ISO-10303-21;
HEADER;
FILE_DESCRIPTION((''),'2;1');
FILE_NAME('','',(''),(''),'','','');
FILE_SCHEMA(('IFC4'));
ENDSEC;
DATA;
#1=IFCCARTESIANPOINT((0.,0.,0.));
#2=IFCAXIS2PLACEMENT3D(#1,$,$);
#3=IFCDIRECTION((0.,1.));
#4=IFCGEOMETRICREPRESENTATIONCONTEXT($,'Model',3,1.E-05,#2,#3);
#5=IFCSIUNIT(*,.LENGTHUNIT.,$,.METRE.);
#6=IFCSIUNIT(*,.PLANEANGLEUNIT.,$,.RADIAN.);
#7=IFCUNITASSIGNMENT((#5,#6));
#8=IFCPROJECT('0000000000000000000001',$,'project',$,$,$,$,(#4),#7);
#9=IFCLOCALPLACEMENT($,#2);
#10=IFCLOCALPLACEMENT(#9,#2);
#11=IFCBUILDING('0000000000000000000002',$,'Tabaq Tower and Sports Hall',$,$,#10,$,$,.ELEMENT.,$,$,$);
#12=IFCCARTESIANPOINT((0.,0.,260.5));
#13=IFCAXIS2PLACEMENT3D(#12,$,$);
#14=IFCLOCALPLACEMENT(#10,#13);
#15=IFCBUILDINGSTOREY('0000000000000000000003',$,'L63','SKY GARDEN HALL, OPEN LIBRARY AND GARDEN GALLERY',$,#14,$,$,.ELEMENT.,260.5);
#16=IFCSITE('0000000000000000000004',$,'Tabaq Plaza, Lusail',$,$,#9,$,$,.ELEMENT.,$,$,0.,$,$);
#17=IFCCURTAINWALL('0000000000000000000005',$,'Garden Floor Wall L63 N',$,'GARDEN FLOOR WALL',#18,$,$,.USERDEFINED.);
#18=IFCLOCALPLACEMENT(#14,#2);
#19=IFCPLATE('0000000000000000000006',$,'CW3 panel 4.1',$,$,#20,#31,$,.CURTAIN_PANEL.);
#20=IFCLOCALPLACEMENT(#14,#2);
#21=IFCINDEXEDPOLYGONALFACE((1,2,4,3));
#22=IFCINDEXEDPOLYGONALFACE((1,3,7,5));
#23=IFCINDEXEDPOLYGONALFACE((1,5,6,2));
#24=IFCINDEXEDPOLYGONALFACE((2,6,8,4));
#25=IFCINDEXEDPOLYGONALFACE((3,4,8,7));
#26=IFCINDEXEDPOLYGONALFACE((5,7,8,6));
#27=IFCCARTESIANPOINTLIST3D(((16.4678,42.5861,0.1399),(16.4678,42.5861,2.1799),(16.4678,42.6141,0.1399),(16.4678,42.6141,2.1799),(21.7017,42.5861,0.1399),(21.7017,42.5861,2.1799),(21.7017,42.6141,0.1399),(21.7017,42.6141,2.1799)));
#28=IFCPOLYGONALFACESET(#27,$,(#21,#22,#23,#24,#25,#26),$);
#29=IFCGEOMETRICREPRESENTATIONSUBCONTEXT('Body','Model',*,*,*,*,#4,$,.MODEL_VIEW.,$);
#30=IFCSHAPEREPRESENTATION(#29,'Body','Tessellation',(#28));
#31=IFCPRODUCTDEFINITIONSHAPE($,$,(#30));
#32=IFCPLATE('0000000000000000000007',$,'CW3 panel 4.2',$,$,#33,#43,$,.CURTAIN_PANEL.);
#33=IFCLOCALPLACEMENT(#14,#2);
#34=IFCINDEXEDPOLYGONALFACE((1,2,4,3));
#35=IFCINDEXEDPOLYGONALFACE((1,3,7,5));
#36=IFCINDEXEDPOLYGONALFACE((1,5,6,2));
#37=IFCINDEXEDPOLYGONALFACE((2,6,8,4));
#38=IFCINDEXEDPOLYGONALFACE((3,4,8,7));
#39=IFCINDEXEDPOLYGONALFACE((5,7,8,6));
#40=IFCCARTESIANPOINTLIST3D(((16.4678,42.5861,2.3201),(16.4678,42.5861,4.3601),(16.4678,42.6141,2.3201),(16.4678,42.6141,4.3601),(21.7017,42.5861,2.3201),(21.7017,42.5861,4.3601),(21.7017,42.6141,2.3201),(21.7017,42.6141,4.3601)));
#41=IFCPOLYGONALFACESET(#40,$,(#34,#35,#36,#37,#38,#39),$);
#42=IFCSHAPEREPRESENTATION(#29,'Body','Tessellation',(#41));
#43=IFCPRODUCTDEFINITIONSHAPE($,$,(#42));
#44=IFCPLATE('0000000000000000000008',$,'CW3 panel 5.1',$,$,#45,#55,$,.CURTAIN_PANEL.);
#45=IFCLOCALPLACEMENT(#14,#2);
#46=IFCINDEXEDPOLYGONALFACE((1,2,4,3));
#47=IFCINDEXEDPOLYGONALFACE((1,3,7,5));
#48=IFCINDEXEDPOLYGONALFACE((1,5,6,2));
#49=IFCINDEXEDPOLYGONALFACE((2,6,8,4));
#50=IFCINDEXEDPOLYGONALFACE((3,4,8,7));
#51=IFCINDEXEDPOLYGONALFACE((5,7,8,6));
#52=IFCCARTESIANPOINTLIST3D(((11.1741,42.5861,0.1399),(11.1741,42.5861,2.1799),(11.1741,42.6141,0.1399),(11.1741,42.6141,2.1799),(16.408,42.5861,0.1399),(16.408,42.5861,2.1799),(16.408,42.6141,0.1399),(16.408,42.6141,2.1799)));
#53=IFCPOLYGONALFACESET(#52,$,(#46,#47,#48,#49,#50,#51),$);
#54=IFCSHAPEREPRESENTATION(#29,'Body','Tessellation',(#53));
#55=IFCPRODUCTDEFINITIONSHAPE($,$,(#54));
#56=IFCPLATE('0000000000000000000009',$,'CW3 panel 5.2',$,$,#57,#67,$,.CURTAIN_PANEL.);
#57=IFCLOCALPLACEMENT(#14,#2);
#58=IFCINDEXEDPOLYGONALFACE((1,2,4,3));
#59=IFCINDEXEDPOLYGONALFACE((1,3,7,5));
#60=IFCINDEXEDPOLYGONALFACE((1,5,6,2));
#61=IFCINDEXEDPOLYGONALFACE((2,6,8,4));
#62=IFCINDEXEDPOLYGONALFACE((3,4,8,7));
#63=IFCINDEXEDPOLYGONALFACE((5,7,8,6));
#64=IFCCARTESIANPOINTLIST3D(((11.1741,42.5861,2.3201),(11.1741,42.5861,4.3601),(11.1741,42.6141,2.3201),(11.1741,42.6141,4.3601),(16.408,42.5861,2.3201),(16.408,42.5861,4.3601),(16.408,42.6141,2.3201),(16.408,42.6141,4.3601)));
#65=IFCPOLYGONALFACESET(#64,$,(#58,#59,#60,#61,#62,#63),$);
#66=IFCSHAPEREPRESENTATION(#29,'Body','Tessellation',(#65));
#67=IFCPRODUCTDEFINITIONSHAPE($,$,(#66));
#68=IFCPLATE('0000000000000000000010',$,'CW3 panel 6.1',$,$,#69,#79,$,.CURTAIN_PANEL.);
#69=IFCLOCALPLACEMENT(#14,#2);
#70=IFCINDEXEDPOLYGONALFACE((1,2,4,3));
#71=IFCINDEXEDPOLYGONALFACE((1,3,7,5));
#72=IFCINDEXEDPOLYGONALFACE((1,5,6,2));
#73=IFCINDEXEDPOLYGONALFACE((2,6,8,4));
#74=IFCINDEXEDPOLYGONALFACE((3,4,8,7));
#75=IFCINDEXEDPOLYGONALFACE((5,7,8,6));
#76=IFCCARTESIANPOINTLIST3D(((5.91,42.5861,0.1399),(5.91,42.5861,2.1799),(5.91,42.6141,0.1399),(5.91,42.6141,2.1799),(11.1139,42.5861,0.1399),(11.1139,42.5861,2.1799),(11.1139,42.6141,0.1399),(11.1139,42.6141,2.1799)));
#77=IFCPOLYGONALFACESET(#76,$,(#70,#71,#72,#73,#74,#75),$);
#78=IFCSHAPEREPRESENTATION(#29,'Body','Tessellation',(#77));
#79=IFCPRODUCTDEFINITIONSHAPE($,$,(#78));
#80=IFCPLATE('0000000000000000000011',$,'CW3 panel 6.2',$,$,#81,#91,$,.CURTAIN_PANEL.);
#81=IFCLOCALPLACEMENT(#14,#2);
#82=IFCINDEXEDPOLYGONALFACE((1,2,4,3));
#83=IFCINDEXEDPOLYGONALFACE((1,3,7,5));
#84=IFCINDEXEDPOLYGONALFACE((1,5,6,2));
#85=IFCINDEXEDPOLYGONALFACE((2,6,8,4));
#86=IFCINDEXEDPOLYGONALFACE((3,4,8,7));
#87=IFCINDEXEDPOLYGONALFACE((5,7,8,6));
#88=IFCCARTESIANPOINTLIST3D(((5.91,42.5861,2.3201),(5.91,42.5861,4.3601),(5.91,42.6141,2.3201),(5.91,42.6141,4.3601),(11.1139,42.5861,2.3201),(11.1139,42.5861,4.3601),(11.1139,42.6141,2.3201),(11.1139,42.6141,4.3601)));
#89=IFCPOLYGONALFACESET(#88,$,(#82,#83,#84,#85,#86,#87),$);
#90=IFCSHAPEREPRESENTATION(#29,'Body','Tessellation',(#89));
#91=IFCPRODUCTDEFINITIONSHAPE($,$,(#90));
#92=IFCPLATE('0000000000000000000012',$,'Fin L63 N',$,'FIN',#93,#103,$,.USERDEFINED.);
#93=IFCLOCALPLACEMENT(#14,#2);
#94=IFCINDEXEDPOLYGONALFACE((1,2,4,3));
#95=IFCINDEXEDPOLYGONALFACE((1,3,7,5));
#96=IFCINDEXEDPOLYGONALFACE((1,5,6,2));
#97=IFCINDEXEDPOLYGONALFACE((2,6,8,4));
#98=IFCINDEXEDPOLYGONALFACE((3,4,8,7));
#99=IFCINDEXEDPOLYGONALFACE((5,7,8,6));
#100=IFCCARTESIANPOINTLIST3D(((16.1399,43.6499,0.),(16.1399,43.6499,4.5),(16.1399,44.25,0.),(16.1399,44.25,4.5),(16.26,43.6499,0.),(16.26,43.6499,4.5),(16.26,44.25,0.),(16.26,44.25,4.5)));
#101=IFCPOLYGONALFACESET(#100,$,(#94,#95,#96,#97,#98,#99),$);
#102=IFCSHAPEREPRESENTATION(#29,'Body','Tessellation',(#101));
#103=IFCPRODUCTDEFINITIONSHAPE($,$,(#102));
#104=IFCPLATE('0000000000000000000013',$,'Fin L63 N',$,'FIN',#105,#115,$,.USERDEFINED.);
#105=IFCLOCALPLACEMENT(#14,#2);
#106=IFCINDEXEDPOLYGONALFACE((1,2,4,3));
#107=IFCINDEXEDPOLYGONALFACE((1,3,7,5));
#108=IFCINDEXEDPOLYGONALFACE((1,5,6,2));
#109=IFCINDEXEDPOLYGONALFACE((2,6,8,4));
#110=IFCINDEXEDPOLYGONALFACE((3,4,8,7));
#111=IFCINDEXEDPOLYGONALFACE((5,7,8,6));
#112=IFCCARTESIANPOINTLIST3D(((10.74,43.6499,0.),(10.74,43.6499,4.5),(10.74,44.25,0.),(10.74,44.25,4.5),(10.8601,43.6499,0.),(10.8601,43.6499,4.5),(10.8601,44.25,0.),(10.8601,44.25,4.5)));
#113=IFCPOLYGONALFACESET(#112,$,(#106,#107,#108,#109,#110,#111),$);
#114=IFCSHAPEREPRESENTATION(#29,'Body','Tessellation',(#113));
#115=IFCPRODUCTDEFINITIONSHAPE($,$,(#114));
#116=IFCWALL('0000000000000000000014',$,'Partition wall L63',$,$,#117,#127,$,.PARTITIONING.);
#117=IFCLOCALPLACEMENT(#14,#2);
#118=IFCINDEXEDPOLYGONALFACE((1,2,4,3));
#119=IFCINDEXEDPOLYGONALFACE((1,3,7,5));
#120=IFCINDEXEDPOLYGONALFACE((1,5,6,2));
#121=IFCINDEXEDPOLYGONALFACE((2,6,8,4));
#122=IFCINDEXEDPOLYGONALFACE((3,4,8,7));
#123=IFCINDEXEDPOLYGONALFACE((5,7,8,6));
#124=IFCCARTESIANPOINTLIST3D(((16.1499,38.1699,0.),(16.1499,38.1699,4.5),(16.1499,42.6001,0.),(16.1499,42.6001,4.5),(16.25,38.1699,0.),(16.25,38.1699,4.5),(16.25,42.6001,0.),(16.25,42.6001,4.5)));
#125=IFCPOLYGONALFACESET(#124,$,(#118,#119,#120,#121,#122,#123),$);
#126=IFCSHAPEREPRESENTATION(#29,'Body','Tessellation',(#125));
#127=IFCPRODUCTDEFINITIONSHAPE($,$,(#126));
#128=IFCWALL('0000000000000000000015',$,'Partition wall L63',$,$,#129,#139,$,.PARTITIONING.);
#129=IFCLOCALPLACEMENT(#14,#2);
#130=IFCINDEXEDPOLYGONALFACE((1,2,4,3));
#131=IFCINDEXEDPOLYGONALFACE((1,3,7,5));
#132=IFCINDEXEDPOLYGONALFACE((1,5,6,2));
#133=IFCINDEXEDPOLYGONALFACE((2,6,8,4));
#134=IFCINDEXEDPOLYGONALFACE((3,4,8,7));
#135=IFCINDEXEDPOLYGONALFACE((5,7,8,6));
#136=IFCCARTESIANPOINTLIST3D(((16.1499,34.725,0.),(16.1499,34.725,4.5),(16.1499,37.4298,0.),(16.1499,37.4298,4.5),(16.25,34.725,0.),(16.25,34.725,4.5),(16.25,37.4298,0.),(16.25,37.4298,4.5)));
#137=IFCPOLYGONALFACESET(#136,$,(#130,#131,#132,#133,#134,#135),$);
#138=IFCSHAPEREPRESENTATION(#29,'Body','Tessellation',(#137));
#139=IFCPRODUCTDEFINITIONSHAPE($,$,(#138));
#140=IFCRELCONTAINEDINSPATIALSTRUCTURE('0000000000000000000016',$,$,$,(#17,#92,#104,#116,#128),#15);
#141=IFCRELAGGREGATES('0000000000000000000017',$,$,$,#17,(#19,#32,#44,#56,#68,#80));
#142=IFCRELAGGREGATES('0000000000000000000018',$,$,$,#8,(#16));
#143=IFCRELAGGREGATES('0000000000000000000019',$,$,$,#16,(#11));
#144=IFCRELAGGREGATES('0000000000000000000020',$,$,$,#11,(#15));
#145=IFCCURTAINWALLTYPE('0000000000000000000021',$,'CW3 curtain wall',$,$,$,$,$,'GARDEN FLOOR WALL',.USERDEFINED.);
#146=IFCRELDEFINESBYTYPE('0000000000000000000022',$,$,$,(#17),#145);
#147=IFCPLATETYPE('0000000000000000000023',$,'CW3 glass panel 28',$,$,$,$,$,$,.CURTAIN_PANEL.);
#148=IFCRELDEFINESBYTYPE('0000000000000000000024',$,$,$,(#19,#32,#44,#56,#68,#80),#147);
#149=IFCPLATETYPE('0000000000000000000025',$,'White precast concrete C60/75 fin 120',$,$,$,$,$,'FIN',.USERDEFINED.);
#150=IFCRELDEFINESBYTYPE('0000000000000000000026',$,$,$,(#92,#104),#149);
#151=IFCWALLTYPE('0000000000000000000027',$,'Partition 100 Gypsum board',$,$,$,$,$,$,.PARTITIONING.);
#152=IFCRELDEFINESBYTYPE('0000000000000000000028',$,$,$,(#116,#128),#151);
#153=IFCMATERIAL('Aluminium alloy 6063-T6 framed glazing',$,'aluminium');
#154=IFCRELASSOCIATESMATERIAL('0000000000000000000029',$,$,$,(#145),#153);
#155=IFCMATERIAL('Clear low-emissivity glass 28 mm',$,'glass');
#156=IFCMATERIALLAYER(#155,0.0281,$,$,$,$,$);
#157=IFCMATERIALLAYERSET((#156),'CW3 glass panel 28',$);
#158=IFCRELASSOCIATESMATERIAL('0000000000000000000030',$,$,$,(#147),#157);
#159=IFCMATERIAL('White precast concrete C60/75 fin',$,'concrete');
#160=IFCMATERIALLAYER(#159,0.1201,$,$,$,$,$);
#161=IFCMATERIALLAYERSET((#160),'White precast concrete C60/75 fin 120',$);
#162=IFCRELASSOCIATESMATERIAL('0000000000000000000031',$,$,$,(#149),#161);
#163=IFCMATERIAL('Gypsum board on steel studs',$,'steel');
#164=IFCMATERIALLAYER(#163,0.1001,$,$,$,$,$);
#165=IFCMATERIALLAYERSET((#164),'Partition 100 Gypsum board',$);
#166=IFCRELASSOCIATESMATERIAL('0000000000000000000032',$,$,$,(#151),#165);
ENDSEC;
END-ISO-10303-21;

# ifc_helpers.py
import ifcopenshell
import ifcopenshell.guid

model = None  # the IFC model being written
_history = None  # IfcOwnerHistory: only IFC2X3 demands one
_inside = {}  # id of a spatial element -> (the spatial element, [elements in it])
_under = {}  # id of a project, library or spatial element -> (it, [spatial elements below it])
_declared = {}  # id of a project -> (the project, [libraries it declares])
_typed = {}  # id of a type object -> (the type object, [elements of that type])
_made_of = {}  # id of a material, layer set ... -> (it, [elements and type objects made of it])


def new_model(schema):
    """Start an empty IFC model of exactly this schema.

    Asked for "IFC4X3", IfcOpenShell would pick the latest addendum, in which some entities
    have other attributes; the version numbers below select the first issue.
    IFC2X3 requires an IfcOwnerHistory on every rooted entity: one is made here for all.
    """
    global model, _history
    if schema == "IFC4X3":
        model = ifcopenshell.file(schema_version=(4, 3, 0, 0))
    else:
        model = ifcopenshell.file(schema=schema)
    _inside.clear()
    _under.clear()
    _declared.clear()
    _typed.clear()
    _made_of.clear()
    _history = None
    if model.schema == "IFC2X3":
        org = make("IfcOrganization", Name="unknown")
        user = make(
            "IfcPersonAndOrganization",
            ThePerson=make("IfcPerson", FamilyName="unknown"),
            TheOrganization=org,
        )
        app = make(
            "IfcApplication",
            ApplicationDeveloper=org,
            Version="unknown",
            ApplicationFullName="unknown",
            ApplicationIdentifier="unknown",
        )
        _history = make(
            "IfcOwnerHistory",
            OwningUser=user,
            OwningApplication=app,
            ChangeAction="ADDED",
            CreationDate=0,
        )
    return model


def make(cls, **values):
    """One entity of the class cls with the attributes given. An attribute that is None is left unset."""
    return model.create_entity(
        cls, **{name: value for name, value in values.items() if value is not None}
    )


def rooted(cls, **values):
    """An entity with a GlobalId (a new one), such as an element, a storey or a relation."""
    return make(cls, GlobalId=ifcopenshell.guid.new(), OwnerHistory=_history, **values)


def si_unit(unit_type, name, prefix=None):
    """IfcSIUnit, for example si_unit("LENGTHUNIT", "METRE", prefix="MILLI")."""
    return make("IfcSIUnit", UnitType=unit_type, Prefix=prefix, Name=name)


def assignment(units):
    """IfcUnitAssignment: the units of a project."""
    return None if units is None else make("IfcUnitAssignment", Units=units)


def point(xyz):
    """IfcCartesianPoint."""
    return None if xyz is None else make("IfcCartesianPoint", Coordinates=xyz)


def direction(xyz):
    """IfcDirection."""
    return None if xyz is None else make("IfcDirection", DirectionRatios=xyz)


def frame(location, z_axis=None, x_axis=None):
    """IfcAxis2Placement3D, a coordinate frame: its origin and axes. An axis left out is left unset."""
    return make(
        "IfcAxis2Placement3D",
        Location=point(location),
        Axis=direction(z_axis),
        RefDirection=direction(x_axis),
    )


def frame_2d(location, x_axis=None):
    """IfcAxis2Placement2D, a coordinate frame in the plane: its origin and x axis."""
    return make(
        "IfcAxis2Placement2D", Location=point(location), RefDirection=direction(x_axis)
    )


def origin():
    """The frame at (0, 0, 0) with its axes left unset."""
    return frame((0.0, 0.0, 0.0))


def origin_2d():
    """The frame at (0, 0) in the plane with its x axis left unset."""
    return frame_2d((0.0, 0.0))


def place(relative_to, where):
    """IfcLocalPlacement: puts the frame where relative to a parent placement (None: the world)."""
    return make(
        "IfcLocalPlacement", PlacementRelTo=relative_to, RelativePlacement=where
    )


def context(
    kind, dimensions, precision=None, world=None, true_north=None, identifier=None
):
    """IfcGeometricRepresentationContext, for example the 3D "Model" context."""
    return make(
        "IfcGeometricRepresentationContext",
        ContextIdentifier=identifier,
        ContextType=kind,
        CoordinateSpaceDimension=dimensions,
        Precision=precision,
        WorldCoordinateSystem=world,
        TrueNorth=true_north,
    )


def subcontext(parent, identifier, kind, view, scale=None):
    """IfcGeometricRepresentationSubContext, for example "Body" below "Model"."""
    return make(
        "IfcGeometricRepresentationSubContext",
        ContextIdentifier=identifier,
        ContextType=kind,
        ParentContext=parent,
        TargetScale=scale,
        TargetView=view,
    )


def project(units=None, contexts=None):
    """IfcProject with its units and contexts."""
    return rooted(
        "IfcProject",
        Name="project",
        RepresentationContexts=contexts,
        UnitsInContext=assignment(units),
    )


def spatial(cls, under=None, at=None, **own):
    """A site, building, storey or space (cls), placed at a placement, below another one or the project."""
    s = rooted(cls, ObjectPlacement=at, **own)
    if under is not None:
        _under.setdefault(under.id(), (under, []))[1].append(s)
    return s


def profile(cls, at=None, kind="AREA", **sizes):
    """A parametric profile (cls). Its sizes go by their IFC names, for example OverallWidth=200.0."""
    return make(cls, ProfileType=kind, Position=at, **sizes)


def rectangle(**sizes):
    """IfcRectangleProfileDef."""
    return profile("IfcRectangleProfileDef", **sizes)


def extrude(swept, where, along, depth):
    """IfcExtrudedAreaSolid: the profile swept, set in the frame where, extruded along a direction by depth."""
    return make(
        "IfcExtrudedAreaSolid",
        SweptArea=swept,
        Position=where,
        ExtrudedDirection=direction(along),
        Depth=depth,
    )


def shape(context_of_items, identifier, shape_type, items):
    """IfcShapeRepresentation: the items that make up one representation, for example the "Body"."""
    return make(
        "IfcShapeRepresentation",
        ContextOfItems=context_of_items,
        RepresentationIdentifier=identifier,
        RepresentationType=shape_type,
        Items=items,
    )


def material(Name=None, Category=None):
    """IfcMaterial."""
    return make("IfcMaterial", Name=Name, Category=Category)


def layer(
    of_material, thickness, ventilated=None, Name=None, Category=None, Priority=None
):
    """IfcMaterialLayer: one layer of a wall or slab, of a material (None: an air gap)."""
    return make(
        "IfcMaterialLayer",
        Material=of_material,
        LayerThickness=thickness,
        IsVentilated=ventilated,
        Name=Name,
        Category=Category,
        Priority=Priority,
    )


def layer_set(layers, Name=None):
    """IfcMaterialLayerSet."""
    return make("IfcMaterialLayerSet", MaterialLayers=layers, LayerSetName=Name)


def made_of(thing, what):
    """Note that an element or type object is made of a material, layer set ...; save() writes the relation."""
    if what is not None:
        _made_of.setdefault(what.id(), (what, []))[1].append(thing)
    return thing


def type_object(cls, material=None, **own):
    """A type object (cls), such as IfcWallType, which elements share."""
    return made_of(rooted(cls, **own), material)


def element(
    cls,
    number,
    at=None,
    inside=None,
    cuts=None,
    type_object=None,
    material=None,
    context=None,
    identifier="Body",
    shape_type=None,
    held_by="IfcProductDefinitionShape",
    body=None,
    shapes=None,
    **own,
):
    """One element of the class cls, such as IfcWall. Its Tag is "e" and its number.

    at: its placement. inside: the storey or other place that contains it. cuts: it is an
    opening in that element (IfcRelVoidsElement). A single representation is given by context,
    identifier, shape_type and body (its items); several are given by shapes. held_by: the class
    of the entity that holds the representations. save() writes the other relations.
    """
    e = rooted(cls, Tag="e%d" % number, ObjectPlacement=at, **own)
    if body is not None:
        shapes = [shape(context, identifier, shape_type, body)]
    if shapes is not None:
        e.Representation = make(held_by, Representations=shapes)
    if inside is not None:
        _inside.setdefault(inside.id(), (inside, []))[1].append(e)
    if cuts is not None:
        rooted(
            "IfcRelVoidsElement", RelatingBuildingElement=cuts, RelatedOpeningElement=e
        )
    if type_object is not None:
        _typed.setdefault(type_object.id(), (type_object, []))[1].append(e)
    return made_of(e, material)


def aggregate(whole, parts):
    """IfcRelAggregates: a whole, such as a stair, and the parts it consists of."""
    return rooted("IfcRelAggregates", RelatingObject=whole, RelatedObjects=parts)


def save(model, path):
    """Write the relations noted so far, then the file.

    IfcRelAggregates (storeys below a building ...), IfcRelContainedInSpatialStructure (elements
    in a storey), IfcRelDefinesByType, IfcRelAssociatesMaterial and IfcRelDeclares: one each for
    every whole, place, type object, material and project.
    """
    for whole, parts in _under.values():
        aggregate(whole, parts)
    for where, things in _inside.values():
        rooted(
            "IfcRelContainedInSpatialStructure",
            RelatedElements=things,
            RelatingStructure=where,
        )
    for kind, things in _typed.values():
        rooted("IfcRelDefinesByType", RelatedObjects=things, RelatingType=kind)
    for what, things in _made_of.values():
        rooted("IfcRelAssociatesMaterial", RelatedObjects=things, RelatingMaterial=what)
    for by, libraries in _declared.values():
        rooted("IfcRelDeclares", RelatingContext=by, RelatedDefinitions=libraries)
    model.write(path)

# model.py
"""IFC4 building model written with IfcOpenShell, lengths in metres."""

from ifc_helpers import new_model, si_unit, direction, frame, frame_2d, origin, origin_2d, place, context, subcontext, project, spatial, rectangle, extrude, material, layer, layer_set, type_object, element, aggregate, save


model = new_model("IFC4")

# Units and contexts
model_context = context("Model", 3, precision=1e-05, world=origin(), true_north=direction((0.0, 1.0)))
body_context = subcontext(model_context, "Body", "Model", "MODEL_VIEW")
ifc_project = project(units=[si_unit("LENGTHUNIT", "METRE"), si_unit("PLANEANGLEUNIT", "RADIAN")], contexts=[model_context])

# Site, building, storey
site_placement = place(None, origin())
site = spatial("IfcSite", under=ifc_project, at=site_placement, Name="Tabaq Plaza, Lusail", CompositionType="ELEMENT", RefElevation=0.0)
building_placement = place(site_placement, origin())
building = spatial("IfcBuilding", under=site, at=building_placement, Name="Tabaq Tower and Sports Hall", CompositionType="ELEMENT")
storey_placement = place(building_placement, frame((0.0, 0.0, 260.5)))
storey = spatial("IfcBuildingStorey", under=building, at=storey_placement, Name="L63", Description="SKY GARDEN HALL, OPEN LIBRARY AND GARDEN GALLERY", CompositionType="ELEMENT", Elevation=260.5)

# Curtain wall
ifc_material_1 = material(Name="Aluminium alloy 6063-T6 framed glazing", Category="aluminium")
curtain_wall_type = type_object("IfcCurtainWallType", Name="CW3 curtain wall", ElementType="GARDEN FLOOR WALL", PredefinedType="USERDEFINED", material=ifc_material_1)
curtain_wall_1_placement = place(storey_placement, origin())
curtain_wall_1 = element("IfcCurtainWall", 1, at=curtain_wall_1_placement, inside=storey, type_object=curtain_wall_type, Name="Garden Floor Wall L63 N", ObjectType="GARDEN FLOOR WALL", PredefinedType="USERDEFINED")

# Plates
ifc_material_2 = material(Name="Clear low-emissivity glass 28 mm", Category="glass")
ifc_layer_1 = layer(ifc_material_2, 0.0281)
ifc_layer_set_1 = layer_set([ifc_layer_1], Name="CW3 glass panel 28")
plate_type_1 = type_object("IfcPlateType", Name="CW3 glass panel 28", PredefinedType="CURTAIN_PANEL", material=ifc_layer_set_1)
plate_1_placement = place(storey_placement, frame((19.0847, 42.6001, 0.1399), z_axis=(0.0, 0.0, 1.0), x_axis=(-1.0, 0.0, 0.0)))
plate_1 = element("IfcPlate", 2, at=plate_1_placement, type_object=plate_type_1, Name="CW3 panel 4.1", PredefinedType="CURTAIN_PANEL", context=body_context, shape_type="SweptSolid", body=[
    extrude(rectangle(XDim=5.2339, YDim=0.0281, at=origin_2d()), origin(), (0.0, 0.0, 1.0), 2.04),
])
plate_2_placement = place(storey_placement, frame((19.0847, 42.6001, 2.3201), z_axis=(0.0, 0.0, 1.0), x_axis=(-1.0, 0.0, 0.0)))
plate_2 = element("IfcPlate", 3, at=plate_2_placement, type_object=plate_type_1, Name="CW3 panel 4.2", PredefinedType="CURTAIN_PANEL", context=body_context, shape_type="SweptSolid", body=[
    extrude(rectangle(XDim=5.2339, YDim=0.0281, at=origin_2d()), origin(), (0.0, 0.0, 1.0), 2.04),
])
plate_3_placement = place(storey_placement, frame((13.791, 42.6001, 0.1399), z_axis=(0.0, 0.0, 1.0), x_axis=(-1.0, 0.0, 0.0)))
plate_3 = element("IfcPlate", 4, at=plate_3_placement, type_object=plate_type_1, Name="CW3 panel 5.1", PredefinedType="CURTAIN_PANEL", context=body_context, shape_type="SweptSolid", body=[
    extrude(rectangle(XDim=5.2339, YDim=0.0281, at=origin_2d()), origin(), (0.0, 0.0, 1.0), 2.04),
])
plate_4_placement = place(storey_placement, frame((13.791, 42.6001, 2.3201), z_axis=(0.0, 0.0, 1.0), x_axis=(-1.0, 0.0, 0.0)))
plate_4 = element("IfcPlate", 5, at=plate_4_placement, type_object=plate_type_1, Name="CW3 panel 5.2", PredefinedType="CURTAIN_PANEL", context=body_context, shape_type="SweptSolid", body=[
    extrude(rectangle(XDim=5.2339, YDim=0.0281, at=origin_2d()), origin(), (0.0, 0.0, 1.0), 2.04),
])
plate_5_placement = place(storey_placement, frame((8.512, 42.6001, 0.1399), z_axis=(0.0, 0.0, 1.0), x_axis=(-1.0, 0.0, 0.0)))
plate_5 = element("IfcPlate", 6, at=plate_5_placement, type_object=plate_type_1, Name="CW3 panel 6.1", PredefinedType="CURTAIN_PANEL", context=body_context, shape_type="SweptSolid", body=[
    extrude(rectangle(XDim=5.2039, YDim=0.0281, at=origin_2d()), origin(), (0.0, 0.0, 1.0), 2.04),
])
plate_6_placement = place(storey_placement, frame((8.512, 42.6001, 2.3201), z_axis=(0.0, 0.0, 1.0), x_axis=(-1.0, 0.0, 0.0)))
plate_6 = element("IfcPlate", 7, at=plate_6_placement, type_object=plate_type_1, Name="CW3 panel 6.2", PredefinedType="CURTAIN_PANEL", context=body_context, shape_type="SweptSolid", body=[
    extrude(rectangle(XDim=5.2039, YDim=0.0281, at=origin_2d()), origin(), (0.0, 0.0, 1.0), 2.04),
])
aggregate(curtain_wall_1, [plate_1, plate_2, plate_3, plate_4, plate_5, plate_6])

# Plates
ifc_material_3 = material(Name="White precast concrete C60/75 fin", Category="concrete")
ifc_layer_2 = layer(ifc_material_3, 0.1201)
ifc_layer_set_2 = layer_set([ifc_layer_2], Name="White precast concrete C60/75 fin 120")
plate_type_2 = type_object("IfcPlateType", Name="White precast concrete C60/75 fin 120", ElementType="FIN", PredefinedType="USERDEFINED", material=ifc_layer_set_2)
for number, where, z_axis, x_axis, name in (
    (8, (16.2, 43.95, 0.0), (0.0, 0.0, 1.0), (-1.0, 0.0, 0.0), "Fin L63 N"),
    (9, (10.8, 43.95, 0.0), (0.0, 0.0, 1.0), (-1.0, 0.0, 0.0), "Fin L63 N"),
):
    element("IfcPlate", number, at=place(storey_placement, frame(where, z_axis=z_axis, x_axis=x_axis)), inside=storey, type_object=plate_type_2, Name=name, ObjectType="FIN", PredefinedType="USERDEFINED", context=body_context, shape_type="SweptSolid", body=[
        extrude(rectangle(XDim=0.1201, YDim=0.6001, at=origin_2d()), origin(), (0.0, 0.0, 1.0), 4.5),
    ])

# Walls
ifc_material_4 = material(Name="Gypsum board on steel studs", Category="steel")
ifc_layer_3 = layer(ifc_material_4, 0.1001)
ifc_layer_set_3 = layer_set([ifc_layer_3], Name="Partition 100 Gypsum board")
wall_type = type_object("IfcWallType", Name="Partition 100 Gypsum board", PredefinedType="PARTITIONING", material=ifc_layer_set_3)
wall_1_placement = place(storey_placement, frame((16.2, 42.6001, 0.0), z_axis=(0.0, 0.0, 1.0), x_axis=(0.0, -1.0, 0.0)))
element("IfcWall", 10, at=wall_1_placement, inside=storey, type_object=wall_type, Name="Partition wall L63", PredefinedType="PARTITIONING", context=body_context, shape_type="SweptSolid", body=[
    extrude(rectangle(XDim=4.4302, YDim=0.1001, at=frame_2d((2.2151, 0.0))), origin(), (0.0, 0.0, 1.0), 4.5),
])
wall_2_placement = place(storey_placement, frame((16.2, 37.4299, 0.0), z_axis=(0.0, 0.0, 1.0), x_axis=(0.0, -1.0, 0.0)))
element("IfcWall", 11, at=wall_2_placement, inside=storey, type_object=wall_type, Name="Partition wall L63", PredefinedType="PARTITIONING", context=body_context, shape_type="SweptSolid", body=[
    extrude(rectangle(XDim=2.7048, YDim=0.1001, at=frame_2d((1.3525, 0.0))), origin(), (0.0, 0.0, 1.0), 4.5),
])

save(model, "model.ifc")
